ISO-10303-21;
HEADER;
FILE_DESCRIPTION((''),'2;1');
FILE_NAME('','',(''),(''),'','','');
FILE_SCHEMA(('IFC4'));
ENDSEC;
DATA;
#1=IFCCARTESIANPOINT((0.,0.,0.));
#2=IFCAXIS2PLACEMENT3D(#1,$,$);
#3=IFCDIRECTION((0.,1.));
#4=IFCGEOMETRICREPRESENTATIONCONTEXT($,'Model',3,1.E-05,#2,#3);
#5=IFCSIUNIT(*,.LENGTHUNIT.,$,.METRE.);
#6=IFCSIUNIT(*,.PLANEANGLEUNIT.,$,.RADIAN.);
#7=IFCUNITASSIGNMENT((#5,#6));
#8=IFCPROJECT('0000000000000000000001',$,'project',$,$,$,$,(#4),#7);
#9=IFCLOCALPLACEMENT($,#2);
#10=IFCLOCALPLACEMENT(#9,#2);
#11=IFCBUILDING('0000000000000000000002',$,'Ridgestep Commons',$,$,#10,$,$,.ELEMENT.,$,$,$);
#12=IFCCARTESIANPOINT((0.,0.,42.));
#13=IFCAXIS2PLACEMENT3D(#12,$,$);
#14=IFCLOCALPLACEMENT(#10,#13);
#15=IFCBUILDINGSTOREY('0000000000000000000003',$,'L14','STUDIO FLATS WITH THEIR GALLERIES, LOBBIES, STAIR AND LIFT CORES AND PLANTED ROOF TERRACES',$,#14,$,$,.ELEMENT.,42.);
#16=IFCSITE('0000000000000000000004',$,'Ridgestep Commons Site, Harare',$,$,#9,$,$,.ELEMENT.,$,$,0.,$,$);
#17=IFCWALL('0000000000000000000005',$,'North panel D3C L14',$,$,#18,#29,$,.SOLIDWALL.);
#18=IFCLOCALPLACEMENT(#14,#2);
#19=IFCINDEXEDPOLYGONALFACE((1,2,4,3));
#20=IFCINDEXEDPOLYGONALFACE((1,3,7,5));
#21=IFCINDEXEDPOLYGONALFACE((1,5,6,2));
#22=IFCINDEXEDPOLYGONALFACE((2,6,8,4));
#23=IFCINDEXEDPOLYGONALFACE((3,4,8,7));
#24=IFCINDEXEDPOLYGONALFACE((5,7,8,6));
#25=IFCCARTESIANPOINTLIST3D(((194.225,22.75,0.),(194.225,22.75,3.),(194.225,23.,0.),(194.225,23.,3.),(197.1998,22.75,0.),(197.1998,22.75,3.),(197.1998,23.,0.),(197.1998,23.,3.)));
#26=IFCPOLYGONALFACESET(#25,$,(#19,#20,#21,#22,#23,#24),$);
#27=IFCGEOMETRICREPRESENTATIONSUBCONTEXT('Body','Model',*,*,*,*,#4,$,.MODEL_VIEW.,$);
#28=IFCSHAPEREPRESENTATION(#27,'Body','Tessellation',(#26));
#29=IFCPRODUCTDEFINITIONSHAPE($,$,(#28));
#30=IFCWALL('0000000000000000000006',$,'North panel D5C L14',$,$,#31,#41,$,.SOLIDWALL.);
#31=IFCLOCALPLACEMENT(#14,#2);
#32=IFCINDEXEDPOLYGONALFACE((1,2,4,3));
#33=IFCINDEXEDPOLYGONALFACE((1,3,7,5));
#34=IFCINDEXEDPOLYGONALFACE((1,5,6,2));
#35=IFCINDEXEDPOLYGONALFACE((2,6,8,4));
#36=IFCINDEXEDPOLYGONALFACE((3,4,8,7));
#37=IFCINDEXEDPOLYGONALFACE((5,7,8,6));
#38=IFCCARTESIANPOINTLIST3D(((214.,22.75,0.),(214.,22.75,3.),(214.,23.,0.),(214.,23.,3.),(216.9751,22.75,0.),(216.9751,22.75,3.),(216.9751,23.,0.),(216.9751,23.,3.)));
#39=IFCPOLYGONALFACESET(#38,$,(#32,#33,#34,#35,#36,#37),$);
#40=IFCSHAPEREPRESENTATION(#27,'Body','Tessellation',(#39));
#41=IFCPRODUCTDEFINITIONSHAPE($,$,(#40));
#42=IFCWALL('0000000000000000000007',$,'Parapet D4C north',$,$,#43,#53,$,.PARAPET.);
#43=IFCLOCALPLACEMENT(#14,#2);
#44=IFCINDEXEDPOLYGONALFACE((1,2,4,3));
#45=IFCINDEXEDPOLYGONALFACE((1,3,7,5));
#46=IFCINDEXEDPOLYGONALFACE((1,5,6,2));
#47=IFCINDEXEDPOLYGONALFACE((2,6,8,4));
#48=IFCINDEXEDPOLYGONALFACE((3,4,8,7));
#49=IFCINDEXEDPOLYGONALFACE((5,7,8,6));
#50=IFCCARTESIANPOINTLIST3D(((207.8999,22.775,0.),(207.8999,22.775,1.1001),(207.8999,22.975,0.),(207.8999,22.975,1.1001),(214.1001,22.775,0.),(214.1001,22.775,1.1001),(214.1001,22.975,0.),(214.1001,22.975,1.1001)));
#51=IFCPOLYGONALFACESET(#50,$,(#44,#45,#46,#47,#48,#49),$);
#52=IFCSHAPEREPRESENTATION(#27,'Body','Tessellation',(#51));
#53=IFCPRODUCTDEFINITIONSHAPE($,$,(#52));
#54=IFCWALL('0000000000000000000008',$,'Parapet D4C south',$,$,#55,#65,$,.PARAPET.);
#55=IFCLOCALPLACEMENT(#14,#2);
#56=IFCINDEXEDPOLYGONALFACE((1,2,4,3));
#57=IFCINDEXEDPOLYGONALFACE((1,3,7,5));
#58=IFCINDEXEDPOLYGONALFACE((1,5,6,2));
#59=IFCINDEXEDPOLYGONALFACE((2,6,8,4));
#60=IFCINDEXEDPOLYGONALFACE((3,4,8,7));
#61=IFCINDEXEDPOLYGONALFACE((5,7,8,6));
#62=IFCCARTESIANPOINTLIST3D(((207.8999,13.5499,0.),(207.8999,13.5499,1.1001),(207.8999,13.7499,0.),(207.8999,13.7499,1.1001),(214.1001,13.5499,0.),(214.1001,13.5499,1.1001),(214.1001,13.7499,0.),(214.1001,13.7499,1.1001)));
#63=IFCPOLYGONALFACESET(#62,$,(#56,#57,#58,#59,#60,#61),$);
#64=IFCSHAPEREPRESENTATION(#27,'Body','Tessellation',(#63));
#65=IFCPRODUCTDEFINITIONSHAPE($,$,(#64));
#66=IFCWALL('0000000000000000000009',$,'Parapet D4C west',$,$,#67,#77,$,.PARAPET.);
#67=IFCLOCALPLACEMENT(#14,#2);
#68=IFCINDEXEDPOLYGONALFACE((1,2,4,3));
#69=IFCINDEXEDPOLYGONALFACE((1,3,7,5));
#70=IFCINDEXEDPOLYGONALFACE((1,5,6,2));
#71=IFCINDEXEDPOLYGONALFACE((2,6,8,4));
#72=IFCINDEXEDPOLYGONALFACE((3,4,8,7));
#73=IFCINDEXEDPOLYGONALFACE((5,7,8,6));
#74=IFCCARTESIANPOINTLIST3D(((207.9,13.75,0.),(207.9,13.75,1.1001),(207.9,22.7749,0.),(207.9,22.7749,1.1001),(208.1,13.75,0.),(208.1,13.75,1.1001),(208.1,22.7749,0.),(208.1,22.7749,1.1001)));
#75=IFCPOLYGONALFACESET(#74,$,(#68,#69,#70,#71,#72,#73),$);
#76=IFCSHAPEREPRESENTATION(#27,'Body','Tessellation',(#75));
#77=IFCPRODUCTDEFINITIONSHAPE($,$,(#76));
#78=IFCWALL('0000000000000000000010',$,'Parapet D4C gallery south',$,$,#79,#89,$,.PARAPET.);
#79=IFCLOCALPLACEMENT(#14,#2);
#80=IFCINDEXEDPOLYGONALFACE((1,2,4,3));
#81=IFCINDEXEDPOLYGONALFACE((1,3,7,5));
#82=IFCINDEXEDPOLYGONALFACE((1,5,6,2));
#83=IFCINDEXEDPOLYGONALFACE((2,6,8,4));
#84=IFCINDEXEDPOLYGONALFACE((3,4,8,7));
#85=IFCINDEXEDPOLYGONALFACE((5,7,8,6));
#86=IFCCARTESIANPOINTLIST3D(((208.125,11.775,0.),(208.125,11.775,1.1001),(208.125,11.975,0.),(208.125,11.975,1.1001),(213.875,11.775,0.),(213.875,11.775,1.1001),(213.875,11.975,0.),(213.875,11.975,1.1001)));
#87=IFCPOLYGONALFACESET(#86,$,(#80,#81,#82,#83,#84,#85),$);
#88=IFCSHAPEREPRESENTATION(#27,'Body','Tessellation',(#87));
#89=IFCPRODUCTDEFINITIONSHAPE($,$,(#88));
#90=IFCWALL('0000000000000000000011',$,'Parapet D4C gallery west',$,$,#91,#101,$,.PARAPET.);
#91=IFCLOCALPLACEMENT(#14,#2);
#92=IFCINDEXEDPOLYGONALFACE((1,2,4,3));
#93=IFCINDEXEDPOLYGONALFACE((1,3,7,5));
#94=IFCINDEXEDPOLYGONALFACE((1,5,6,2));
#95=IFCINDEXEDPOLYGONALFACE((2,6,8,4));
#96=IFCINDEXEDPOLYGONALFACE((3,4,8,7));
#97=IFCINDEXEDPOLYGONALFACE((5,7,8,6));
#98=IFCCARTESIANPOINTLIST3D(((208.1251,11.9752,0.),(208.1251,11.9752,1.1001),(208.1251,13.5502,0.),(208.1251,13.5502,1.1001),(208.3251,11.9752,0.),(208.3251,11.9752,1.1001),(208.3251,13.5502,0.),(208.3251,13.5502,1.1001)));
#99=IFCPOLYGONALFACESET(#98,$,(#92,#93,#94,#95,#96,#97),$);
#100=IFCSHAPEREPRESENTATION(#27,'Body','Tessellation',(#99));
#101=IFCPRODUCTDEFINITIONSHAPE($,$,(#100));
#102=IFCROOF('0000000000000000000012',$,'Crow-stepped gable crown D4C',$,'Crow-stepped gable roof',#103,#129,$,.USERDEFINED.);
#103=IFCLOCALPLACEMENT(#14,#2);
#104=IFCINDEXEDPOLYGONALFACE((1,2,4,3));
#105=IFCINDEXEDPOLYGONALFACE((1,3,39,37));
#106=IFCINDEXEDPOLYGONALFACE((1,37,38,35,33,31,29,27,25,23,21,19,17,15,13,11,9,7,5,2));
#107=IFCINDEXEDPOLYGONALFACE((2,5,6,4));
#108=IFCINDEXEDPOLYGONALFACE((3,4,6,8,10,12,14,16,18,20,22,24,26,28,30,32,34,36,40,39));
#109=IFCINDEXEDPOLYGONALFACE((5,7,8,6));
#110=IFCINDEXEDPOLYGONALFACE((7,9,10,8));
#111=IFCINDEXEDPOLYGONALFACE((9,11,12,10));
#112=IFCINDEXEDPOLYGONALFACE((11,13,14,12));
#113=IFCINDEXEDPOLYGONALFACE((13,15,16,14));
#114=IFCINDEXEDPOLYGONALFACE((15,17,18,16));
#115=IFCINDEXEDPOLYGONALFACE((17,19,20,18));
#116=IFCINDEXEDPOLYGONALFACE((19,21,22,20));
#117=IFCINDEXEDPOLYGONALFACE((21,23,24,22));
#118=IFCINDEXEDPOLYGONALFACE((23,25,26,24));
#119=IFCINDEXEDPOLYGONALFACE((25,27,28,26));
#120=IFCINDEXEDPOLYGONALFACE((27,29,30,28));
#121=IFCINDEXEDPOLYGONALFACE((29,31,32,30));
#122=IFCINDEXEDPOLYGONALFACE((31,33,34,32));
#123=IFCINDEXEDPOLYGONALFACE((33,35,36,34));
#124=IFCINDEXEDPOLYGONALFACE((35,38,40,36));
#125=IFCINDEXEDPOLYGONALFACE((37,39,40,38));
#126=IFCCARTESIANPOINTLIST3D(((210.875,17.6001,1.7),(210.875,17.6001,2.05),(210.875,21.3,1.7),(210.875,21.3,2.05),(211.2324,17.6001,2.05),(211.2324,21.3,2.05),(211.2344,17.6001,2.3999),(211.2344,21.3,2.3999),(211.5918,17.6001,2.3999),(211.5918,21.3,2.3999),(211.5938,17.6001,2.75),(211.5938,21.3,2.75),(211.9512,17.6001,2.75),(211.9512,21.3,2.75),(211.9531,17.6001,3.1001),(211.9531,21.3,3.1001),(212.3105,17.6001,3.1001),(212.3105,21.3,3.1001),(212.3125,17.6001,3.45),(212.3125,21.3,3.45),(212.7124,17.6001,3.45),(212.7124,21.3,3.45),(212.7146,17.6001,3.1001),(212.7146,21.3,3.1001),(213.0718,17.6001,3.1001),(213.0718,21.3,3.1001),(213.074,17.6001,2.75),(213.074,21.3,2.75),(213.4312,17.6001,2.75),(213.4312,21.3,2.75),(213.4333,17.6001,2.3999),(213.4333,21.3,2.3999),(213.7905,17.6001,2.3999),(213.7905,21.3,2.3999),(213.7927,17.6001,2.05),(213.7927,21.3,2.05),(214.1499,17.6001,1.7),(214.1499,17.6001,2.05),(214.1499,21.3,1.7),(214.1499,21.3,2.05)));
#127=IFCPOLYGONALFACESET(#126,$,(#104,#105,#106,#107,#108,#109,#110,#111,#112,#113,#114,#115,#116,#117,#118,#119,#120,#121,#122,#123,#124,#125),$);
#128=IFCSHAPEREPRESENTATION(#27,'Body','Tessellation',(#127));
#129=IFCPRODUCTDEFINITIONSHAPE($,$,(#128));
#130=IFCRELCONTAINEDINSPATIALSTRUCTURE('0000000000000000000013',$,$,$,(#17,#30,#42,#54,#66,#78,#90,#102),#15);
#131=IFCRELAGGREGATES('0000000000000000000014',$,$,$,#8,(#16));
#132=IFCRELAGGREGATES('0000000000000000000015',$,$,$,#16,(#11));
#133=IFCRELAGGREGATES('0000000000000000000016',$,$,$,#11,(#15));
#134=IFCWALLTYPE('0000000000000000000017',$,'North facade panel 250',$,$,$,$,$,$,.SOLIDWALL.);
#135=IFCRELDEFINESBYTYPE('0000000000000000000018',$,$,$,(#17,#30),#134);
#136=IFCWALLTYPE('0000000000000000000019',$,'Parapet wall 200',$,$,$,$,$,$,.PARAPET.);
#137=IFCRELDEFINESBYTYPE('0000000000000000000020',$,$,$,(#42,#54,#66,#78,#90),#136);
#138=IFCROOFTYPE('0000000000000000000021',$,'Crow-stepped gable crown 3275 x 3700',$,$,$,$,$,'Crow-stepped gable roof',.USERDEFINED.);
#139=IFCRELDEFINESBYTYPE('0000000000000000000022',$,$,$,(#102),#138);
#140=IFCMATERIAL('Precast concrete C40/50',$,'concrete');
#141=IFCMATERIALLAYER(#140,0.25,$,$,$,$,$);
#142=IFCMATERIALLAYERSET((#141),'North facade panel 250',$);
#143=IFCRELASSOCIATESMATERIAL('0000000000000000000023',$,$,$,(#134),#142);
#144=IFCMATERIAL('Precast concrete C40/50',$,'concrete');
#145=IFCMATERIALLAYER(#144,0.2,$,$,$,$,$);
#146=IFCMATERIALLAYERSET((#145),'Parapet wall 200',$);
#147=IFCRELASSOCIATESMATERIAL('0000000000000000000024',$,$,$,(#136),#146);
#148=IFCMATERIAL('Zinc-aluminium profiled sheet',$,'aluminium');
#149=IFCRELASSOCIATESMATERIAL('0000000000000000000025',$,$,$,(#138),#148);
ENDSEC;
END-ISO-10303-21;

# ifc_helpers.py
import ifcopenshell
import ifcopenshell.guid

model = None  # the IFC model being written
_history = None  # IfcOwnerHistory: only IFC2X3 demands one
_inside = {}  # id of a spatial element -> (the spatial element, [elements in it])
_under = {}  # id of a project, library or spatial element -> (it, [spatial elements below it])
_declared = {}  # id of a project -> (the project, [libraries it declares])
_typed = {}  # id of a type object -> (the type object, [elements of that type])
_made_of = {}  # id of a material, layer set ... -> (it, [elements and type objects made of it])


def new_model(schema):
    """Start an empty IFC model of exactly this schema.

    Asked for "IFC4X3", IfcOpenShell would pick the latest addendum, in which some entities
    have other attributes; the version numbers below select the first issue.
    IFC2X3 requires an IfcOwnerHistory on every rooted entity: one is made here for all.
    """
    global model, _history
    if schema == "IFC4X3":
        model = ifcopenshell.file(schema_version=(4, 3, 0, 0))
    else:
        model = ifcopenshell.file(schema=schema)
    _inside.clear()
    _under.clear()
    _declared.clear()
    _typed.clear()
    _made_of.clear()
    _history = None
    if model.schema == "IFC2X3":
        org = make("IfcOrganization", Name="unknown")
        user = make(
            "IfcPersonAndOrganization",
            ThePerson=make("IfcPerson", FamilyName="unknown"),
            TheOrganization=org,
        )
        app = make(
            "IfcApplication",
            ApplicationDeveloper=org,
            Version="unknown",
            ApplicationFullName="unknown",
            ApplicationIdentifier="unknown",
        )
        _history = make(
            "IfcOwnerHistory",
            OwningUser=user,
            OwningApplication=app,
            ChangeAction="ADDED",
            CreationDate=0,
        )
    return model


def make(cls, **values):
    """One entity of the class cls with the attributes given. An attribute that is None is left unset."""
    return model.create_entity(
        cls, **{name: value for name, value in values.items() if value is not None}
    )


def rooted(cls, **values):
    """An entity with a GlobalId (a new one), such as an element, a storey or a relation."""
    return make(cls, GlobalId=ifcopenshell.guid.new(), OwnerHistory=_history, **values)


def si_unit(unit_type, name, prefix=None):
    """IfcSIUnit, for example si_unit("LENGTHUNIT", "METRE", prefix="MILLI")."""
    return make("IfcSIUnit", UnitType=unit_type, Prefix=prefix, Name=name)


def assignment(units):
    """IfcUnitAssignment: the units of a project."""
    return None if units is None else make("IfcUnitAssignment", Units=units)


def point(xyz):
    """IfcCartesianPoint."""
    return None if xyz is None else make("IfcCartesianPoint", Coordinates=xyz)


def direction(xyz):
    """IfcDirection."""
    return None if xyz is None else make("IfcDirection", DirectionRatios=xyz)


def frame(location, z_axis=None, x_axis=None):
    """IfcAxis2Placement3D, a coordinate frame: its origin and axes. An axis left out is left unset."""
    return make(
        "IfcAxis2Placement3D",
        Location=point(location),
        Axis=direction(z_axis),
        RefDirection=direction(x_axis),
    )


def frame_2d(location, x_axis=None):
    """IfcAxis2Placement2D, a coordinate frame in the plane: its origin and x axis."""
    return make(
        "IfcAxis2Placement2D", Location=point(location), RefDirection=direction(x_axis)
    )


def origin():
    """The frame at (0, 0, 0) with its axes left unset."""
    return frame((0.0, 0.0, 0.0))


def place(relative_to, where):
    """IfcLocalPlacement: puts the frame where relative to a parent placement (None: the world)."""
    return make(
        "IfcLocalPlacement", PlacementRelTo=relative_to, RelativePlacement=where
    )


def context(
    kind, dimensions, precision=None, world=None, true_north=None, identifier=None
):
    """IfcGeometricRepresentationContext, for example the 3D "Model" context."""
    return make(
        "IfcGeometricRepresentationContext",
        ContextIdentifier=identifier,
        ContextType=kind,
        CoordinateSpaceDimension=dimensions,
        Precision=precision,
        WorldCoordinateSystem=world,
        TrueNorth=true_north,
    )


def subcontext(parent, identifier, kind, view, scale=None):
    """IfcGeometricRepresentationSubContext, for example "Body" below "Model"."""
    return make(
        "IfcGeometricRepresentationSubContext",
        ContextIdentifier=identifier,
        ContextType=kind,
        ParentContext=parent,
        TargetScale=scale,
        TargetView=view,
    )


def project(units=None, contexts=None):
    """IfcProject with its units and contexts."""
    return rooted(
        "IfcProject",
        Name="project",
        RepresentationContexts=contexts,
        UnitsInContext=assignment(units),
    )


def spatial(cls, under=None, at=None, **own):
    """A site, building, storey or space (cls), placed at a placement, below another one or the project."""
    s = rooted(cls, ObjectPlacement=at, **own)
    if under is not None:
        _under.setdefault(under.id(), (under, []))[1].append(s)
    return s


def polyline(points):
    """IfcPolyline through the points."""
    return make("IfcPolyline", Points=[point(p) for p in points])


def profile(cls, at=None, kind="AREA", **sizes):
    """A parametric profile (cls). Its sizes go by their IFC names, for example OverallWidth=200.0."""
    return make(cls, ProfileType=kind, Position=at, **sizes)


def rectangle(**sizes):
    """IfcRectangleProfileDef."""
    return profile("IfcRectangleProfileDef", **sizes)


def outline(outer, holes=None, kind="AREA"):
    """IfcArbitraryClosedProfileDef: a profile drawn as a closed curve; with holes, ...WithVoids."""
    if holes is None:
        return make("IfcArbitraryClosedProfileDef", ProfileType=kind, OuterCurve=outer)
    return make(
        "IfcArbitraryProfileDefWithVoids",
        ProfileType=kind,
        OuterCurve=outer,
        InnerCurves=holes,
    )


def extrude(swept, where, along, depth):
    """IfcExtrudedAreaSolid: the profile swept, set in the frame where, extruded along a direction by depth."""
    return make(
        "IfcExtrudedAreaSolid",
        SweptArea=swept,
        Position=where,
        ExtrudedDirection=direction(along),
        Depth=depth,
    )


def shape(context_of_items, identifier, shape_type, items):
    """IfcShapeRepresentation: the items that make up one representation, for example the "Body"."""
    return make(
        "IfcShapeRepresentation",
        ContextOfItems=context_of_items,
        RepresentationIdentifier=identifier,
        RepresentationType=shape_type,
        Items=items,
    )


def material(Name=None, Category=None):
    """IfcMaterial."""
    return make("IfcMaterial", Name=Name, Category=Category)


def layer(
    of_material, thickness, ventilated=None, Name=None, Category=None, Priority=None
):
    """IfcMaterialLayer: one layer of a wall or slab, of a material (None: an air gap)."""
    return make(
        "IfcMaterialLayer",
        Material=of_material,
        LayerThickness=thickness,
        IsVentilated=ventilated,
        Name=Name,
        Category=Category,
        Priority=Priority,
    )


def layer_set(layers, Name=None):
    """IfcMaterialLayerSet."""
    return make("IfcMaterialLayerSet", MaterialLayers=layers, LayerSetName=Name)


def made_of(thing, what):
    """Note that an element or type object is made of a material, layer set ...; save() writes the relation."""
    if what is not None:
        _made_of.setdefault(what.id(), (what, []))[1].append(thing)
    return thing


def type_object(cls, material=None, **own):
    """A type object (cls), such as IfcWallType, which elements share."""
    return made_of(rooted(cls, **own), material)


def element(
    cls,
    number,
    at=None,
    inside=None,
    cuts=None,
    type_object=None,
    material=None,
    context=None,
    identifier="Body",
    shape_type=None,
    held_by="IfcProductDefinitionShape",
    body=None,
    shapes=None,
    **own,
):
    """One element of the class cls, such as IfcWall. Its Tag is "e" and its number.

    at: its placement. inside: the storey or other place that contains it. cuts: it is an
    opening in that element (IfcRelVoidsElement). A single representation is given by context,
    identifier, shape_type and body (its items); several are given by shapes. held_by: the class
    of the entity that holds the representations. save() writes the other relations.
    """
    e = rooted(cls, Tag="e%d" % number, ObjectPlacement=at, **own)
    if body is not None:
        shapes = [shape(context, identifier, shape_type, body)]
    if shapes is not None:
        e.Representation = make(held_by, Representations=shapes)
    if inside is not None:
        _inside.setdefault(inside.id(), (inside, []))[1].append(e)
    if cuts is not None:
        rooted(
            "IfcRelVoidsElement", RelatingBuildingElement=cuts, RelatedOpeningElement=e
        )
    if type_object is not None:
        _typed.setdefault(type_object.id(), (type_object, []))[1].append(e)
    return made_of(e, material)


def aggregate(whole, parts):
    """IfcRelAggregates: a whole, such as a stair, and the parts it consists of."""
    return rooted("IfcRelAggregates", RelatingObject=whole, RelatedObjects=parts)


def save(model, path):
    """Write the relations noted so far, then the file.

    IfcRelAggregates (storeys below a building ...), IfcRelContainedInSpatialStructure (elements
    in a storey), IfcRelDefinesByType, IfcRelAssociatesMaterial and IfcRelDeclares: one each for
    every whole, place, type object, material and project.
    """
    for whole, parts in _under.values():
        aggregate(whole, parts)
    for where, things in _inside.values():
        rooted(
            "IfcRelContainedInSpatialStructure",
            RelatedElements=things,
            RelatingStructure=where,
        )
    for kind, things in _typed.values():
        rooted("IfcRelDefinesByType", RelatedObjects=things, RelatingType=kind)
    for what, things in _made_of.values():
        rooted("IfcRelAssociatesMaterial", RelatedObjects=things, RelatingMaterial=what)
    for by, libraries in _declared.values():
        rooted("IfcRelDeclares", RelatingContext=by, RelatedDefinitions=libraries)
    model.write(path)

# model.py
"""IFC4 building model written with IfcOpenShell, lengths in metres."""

from ifc_helpers import new_model, si_unit, direction, frame, frame_2d, origin, place, context, subcontext, project, spatial, polyline, rectangle, outline, extrude, material, layer, layer_set, type_object, element, save


model = new_model("IFC4")

# Units and contexts
model_context = context("Model", 3, precision=1e-05, world=origin(), true_north=direction((0.0, 1.0)))
body_context = subcontext(model_context, "Body", "Model", "MODEL_VIEW")
ifc_project = project(units=[si_unit("LENGTHUNIT", "METRE"), si_unit("PLANEANGLEUNIT", "RADIAN")], contexts=[model_context])

# Site, building, storey
site_placement = place(None, origin())
site = spatial("IfcSite", under=ifc_project, at=site_placement, Name="Ridgestep Commons Site, Harare", CompositionType="ELEMENT", RefElevation=0.0)
building_placement = place(site_placement, origin())
building = spatial("IfcBuilding", under=site, at=building_placement, Name="Ridgestep Commons", CompositionType="ELEMENT")
storey_placement = place(building_placement, frame((0.0, 0.0, 42.0)))
storey = spatial("IfcBuildingStorey", under=building, at=storey_placement, Name="L14", Description="STUDIO FLATS WITH THEIR GALLERIES, LOBBIES, STAIR AND LIFT CORES AND PLANTED ROOF TERRACES", CompositionType="ELEMENT", Elevation=42.0)

# Walls
ifc_material_1 = material(Name="Precast concrete C40/50", Category="concrete")
ifc_layer_1 = layer(ifc_material_1, 0.25)
ifc_layer_set_1 = layer_set([ifc_layer_1], Name="North facade panel 250")
wall_type_1 = type_object("IfcWallType", Name="North facade panel 250", PredefinedType="SOLIDWALL", material=ifc_layer_set_1)
wall_1_placement = place(storey_placement, frame((194.2251, 22.875, 0.0), z_axis=(0.0, 0.0, 1.0), x_axis=(1.0, 0.0, 0.0)))
element("IfcWall", 1, at=wall_1_placement, inside=storey, type_object=wall_type_1, Name="North panel D3C L14", PredefinedType="SOLIDWALL", context=body_context, shape_type="SweptSolid", body=[
    extrude(rectangle(XDim=2.9749, YDim=0.25, at=frame_2d((1.4873, 0.0))), origin(), (0.0, 0.0, 1.0), 3.0),
])
wall_2_placement = place(storey_placement, frame((214.0, 22.875, 0.0), z_axis=(0.0, 0.0, 1.0), x_axis=(1.0, 0.0, 0.0)))
element("IfcWall", 2, at=wall_2_placement, inside=storey, type_object=wall_type_1, Name="North panel D5C L14", PredefinedType="SOLIDWALL", context=body_context, shape_type="SweptSolid", body=[
    extrude(rectangle(XDim=2.9751, YDim=0.25, at=frame_2d((1.4875, 0.0))), origin(), (0.0, 0.0, 1.0), 3.0),
])
ifc_material_2 = material(Name="Precast concrete C40/50", Category="concrete")
ifc_layer_2 = layer(ifc_material_2, 0.2)
ifc_layer_set_2 = layer_set([ifc_layer_2], Name="Parapet wall 200")
wall_type_2 = type_object("IfcWallType", Name="Parapet wall 200", PredefinedType="PARAPET", material=ifc_layer_set_2)
for number, where, z_axis, x_axis, name in (
    (3, (207.8999, 22.875, 0.0), (0.0, 0.0, 1.0), (1.0, 0.0, 0.0), "Parapet D4C north"),
    (4, (207.8999, 13.6499, 0.0), (0.0, 0.0, 1.0), (1.0, 0.0, 0.0), "Parapet D4C south"),
):
    element("IfcWall", number, at=place(storey_placement, frame(where, z_axis=z_axis, x_axis=x_axis)), inside=storey, type_object=wall_type_2, Name=name, PredefinedType="PARAPET", context=body_context, shape_type="SweptSolid", body=[
        extrude(rectangle(XDim=6.2002, YDim=0.2, at=frame_2d((3.1001, 0.0))), origin(), (0.0, 0.0, 1.0), 1.1001),
    ])
wall_3_placement = place(storey_placement, frame((208.0, 13.75, 0.0), z_axis=(0.0, 0.0, 1.0), x_axis=(0.0, 1.0, 0.0)))
element("IfcWall", 5, at=wall_3_placement, inside=storey, type_object=wall_type_2, Name="Parapet D4C west", PredefinedType="PARAPET", context=body_context, shape_type="SweptSolid", body=[
    extrude(rectangle(XDim=9.0249, YDim=0.2, at=frame_2d((4.5125, 0.0))), origin(), (0.0, 0.0, 1.0), 1.1001),
])
wall_4_placement = place(storey_placement, frame((208.125, 11.875, 0.0), z_axis=(0.0, 0.0, 1.0), x_axis=(1.0, 0.0, 0.0)))
element("IfcWall", 6, at=wall_4_placement, inside=storey, type_object=wall_type_2, Name="Parapet D4C gallery south", PredefinedType="PARAPET", context=body_context, shape_type="SweptSolid", body=[
    extrude(rectangle(XDim=5.75, YDim=0.2, at=frame_2d((2.875, 0.0))), origin(), (0.0, 0.0, 1.0), 1.1001),
])
wall_5_placement = place(storey_placement, frame((208.2251, 11.9751, 0.0), z_axis=(0.0, 0.0, 1.0), x_axis=(0.0, 1.0, 0.0)))
element("IfcWall", 7, at=wall_5_placement, inside=storey, type_object=wall_type_2, Name="Parapet D4C gallery west", PredefinedType="PARAPET", context=body_context, shape_type="SweptSolid", body=[
    extrude(rectangle(XDim=1.575, YDim=0.2, at=frame_2d((0.7876, 0.0))), origin(), (0.0, 0.0, 1.0), 1.1001),
])

# Roof
ifc_material_3 = material(Name="Zinc-aluminium profiled sheet", Category="aluminium")
roof_type = type_object("IfcRoofType", Name="Crow-stepped gable crown 3275 x 3700", ElementType="Crow-stepped gable roof", PredefinedType="USERDEFINED", material=ifc_material_3)
roof_placement = place(storey_placement, frame((210.875, 19.45, 1.7), z_axis=(0.0, 0.0, 1.0), x_axis=(1.0, 0.0, 0.0)))
element("IfcRoof", 8, at=roof_placement, inside=storey, type_object=roof_type, Name="Crow-stepped gable crown D4C", ObjectType="Crow-stepped gable roof", PredefinedType="USERDEFINED", context=body_context, shape_type="SweptSolid", body=[
    extrude(outline(polyline([(0.0, 0.0), (3.2749, 0.0), (3.2749, 0.3501), (2.9177, 0.3501), (2.9155, 0.7), (2.5583, 0.7), (2.5562, 1.05), (2.199, 1.05), (2.1968, 1.4001), (1.8396, 1.4001), (1.8374, 1.75), (1.4375, 1.75), (1.4355, 1.4001), (1.0781, 1.4001), (1.0762, 1.05), (0.7188, 1.05), (0.7168, 0.7), (0.3594, 0.7), (0.3574, 0.3501), (0.0, 0.3501), (0.0, 0.0)])), frame((0.0, 1.8501, 0.0), z_axis=(0.0, -1.0, 0.0), x_axis=(1.0, 0.0, 0.0)), (0.0, 0.0, 1.0), 3.7),
])

save(model, "model.ifc")
